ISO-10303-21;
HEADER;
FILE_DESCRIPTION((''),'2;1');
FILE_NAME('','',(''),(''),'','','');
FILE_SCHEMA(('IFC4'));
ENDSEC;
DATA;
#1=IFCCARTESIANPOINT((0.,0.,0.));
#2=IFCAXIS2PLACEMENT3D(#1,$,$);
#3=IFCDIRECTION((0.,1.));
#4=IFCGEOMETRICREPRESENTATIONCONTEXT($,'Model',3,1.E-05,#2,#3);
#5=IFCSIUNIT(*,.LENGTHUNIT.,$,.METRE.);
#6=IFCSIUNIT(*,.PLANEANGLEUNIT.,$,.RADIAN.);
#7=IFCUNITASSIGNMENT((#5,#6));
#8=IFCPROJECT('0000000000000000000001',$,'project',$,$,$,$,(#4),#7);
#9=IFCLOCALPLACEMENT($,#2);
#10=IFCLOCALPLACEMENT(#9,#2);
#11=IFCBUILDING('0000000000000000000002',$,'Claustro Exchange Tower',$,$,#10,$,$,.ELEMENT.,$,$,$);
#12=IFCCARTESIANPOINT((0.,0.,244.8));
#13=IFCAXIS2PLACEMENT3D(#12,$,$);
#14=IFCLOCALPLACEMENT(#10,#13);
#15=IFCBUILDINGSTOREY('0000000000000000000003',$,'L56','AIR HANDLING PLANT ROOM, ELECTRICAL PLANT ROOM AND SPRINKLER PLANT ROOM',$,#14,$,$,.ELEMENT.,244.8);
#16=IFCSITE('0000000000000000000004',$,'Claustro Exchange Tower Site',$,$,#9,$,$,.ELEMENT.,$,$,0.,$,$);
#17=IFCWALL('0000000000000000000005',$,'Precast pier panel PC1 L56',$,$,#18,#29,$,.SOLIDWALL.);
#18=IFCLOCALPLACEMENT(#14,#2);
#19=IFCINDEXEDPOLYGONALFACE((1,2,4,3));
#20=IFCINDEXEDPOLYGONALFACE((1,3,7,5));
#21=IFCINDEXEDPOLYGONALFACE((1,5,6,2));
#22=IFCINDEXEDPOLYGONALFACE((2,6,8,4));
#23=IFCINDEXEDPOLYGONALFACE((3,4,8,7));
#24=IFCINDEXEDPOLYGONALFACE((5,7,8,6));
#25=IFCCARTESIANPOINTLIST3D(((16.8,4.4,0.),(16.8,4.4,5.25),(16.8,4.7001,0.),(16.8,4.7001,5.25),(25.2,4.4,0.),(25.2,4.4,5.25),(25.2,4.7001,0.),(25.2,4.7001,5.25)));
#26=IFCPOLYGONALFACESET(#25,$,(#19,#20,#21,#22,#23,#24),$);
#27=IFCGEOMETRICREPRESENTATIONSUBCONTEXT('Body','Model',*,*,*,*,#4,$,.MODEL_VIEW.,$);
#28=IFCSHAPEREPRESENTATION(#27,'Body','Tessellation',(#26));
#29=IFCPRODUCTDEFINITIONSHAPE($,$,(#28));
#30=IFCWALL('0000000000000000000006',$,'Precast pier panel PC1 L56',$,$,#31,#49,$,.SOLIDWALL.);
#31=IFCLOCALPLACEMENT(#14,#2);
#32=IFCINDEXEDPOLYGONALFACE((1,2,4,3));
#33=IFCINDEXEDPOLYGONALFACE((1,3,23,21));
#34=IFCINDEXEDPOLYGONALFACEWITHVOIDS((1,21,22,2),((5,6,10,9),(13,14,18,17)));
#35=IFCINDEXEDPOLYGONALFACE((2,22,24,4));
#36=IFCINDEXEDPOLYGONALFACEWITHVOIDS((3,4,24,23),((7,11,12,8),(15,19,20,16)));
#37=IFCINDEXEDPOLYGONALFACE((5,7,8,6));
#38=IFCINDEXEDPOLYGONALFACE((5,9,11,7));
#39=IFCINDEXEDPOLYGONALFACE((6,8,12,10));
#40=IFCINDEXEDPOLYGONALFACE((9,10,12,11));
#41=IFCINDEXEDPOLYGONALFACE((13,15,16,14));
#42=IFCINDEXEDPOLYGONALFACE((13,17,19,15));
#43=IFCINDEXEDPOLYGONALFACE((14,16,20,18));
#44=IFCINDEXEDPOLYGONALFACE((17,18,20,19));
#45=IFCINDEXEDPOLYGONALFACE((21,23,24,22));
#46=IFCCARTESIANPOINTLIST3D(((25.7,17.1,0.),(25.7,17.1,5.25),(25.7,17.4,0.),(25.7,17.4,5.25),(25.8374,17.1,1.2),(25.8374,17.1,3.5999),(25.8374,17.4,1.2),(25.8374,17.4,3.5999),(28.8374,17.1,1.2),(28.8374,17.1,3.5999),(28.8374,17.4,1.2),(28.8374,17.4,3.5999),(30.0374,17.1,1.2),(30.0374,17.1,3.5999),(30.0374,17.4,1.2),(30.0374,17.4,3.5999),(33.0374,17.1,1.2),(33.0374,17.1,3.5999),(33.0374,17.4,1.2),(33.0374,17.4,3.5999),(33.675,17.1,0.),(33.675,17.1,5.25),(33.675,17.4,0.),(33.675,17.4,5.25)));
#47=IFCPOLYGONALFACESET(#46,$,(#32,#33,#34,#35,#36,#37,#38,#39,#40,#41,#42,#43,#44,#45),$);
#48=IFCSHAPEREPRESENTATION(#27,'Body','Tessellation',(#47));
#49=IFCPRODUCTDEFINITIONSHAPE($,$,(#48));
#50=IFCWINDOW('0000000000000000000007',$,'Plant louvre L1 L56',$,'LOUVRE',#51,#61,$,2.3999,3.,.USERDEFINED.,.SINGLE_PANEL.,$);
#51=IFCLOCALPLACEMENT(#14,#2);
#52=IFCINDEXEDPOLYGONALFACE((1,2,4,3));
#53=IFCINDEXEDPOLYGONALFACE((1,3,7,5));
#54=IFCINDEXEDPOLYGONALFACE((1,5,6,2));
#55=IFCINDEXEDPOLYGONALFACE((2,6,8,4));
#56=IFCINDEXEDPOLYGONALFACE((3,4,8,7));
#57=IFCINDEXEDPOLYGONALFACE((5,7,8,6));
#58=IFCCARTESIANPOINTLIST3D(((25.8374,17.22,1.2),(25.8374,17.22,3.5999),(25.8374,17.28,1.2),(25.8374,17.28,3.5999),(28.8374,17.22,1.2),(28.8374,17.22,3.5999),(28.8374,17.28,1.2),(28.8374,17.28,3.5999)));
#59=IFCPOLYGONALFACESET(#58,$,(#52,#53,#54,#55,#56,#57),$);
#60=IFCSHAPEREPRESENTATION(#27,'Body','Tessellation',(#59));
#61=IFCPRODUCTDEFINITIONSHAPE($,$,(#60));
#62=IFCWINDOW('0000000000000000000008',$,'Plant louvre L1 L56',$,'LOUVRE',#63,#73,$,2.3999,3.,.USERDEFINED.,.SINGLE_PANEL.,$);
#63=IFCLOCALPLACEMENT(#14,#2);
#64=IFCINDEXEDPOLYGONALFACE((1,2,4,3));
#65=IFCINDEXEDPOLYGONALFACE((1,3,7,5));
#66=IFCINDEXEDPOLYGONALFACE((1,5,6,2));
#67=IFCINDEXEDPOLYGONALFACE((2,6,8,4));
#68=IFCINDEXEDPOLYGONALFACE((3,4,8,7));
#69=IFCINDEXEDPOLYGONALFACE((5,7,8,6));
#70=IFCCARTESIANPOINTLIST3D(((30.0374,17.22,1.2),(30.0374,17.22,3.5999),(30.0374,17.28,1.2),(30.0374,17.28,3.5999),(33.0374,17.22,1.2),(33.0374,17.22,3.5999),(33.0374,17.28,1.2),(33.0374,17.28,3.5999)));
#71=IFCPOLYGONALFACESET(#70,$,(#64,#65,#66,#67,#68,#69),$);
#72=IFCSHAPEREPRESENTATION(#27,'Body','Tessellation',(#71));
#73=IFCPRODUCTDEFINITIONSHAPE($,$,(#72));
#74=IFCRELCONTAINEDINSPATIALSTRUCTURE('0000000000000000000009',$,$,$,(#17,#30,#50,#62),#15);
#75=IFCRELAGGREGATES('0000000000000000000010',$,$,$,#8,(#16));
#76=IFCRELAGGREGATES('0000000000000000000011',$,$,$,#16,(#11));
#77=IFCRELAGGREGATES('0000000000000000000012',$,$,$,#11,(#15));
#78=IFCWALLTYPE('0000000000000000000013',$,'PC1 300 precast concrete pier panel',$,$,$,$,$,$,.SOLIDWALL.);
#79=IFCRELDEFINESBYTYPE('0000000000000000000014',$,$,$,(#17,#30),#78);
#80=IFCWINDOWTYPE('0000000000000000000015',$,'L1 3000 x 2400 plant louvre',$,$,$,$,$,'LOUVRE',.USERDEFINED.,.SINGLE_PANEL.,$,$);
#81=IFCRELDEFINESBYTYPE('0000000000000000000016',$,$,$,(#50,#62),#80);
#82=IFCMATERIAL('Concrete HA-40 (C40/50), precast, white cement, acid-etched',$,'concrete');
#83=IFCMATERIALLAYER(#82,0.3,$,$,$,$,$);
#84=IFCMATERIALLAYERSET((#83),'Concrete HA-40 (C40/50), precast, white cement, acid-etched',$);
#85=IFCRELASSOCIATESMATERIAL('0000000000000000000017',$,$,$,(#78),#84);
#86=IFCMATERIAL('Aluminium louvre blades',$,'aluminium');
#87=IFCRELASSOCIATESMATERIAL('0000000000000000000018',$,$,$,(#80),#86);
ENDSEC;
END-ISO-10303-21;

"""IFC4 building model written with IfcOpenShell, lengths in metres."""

from ifc_helpers import new_model, si_unit, direction, frame, frame_2d, origin, place, context, subcontext, project, spatial, rectangle, extrude, material, layer, layer_set, type_object, element, fill, save


model = new_model("IFC4")

# Units and contexts
model_context = context("Model", 3, precision=1e-05, world=origin(), true_north=direction((0.0, 1.0)))
body_context = subcontext(model_context, "Body", "Model", "MODEL_VIEW")
ifc_project = project(units=[si_unit("LENGTHUNIT", "METRE"), si_unit("PLANEANGLEUNIT", "RADIAN")], contexts=[model_context])

# Site, building, storey
site_placement = place(None, origin())
site = spatial("IfcSite", under=ifc_project, at=site_placement, Name="Claustro Exchange Tower Site", CompositionType="ELEMENT", RefElevation=0.0)
building_placement = place(site_placement, origin())
building = spatial("IfcBuilding", under=site, at=building_placement, Name="Claustro Exchange Tower", CompositionType="ELEMENT")
storey_placement = place(building_placement, frame((0.0, 0.0, 244.8)))
storey = spatial("IfcBuildingStorey", under=building, at=storey_placement, Name="L56", Description="AIR HANDLING PLANT ROOM, ELECTRICAL PLANT ROOM AND SPRINKLER PLANT ROOM", CompositionType="ELEMENT", Elevation=244.8)

# Wall
ifc_material_1 = material(Name="Concrete HA-40 (C40/50), precast, white cement, acid-etched", Category="concrete")
ifc_layer_1 = layer(ifc_material_1, 0.3)
ifc_layer_set_1 = layer_set([ifc_layer_1], Name="Concrete HA-40 (C40/50), precast, white cement, acid-etched")
wall_type_1 = type_object("IfcWallType", Name="PC1 300 precast concrete pier panel", PredefinedType="SOLIDWALL", material=ifc_layer_set_1)
wall_1_placement = place(storey_placement, frame((25.2, 4.55, 0.0), z_axis=(0.0, 0.0, 1.0), x_axis=(-1.0, 0.0, 0.0)))
element("IfcWall", 1, at=wall_1_placement, inside=storey, type_object=wall_type_1, Name="Precast pier panel PC1 L56", PredefinedType="SOLIDWALL", context=body_context, shape_type="SweptSolid", body=[
    extrude(rectangle(XDim=8.3999, YDim=0.3, at=frame_2d((4.2, 0.0))), origin(), (0.0, 0.0, 1.0), 5.25),
])

# Wall, openings, windows
wall_2_placement = place(storey_placement, frame((25.7, 17.25, 0.0), z_axis=(0.0, 0.0, 1.0), x_axis=(1.0, 0.0, 0.0)))
wall_2 = element("IfcWall", 2, at=wall_2_placement, inside=storey, type_object=wall_type_1, Name="Precast pier panel PC1 L56", PredefinedType="SOLIDWALL", context=body_context, shape_type="SweptSolid", body=[
    extrude(rectangle(XDim=7.9751, YDim=0.3, at=frame_2d((3.9875, 0.0))), origin(), (0.0, 0.0, 1.0), 5.25),
])
opening_1_placement = place(wall_2_placement, frame((0.1375, 0.0, 1.2)))
opening_1 = element("IfcOpeningElement", 3, at=opening_1_placement, cuts=wall_2, PredefinedType="OPENING", context=body_context, shape_type="SweptSolid", body=[
    extrude(rectangle(XDim=3.0, YDim=2.3999, at=frame_2d((1.5, 1.2))), frame((0.0, 0.1599, 0.0), z_axis=(0.0, -1.0, 0.0), x_axis=(1.0, 0.0, 0.0)), (0.0, 0.0, 1.0), 0.3201),
])
opening_2_placement = place(wall_2_placement, frame((4.3374, 0.0, 1.2)))
opening_2 = element("IfcOpeningElement", 4, at=opening_2_placement, cuts=wall_2, PredefinedType="OPENING", context=body_context, shape_type="SweptSolid", body=[
    extrude(rectangle(XDim=3.0, YDim=2.3999, at=frame_2d((1.5, 1.2))), frame((0.0, 0.1599, 0.0), z_axis=(0.0, -1.0, 0.0), x_axis=(1.0, 0.0, 0.0)), (0.0, 0.0, 1.0), 0.3201),
])
ifc_material_2 = material(Name="Aluminium louvre blades", Category="aluminium")
window_type = type_object("IfcWindowType", Name="L1 3000 x 2400 plant louvre", ElementType="LOUVRE", PartitioningType="SINGLE_PANEL", PredefinedType="USERDEFINED", material=ifc_material_2)
window_1_placement = place(opening_1_placement, origin())
window_1 = element("IfcWindow", 5, at=window_1_placement, inside=storey, type_object=window_type, Name="Plant louvre L1 L56", ObjectType="LOUVRE", OverallHeight=2.3999, OverallWidth=3.0, PartitioningType="SINGLE_PANEL", PredefinedType="USERDEFINED", context=body_context, shape_type="SweptSolid", body=[
    extrude(rectangle(XDim=3.0, YDim=2.3999, at=frame_2d((1.5, 1.2))), frame((0.0, 0.03, 0.0), z_axis=(0.0, -1.0, 0.0), x_axis=(1.0, 0.0, 0.0)), (0.0, 0.0, 1.0), 0.0601),
])
fill(opening_1, window_1)
window_2_placement = place(opening_2_placement, origin())
window_2 = element("IfcWindow", 6, at=window_2_placement, inside=storey, type_object=window_type, Name="Plant louvre L1 L56", ObjectType="LOUVRE", OverallHeight=2.3999, OverallWidth=3.0, PartitioningType="SINGLE_PANEL", PredefinedType="USERDEFINED", context=body_context, shape_type="SweptSolid", body=[
    extrude(rectangle(XDim=3.0, YDim=2.3999, at=frame_2d((1.5, 1.2))), frame((0.0, 0.03, 0.0), z_axis=(0.0, -1.0, 0.0), x_axis=(1.0, 0.0, 0.0)), (0.0, 0.0, 1.0), 0.0601),
])
fill(opening_2, window_2)

save(model, "model.ifc")
